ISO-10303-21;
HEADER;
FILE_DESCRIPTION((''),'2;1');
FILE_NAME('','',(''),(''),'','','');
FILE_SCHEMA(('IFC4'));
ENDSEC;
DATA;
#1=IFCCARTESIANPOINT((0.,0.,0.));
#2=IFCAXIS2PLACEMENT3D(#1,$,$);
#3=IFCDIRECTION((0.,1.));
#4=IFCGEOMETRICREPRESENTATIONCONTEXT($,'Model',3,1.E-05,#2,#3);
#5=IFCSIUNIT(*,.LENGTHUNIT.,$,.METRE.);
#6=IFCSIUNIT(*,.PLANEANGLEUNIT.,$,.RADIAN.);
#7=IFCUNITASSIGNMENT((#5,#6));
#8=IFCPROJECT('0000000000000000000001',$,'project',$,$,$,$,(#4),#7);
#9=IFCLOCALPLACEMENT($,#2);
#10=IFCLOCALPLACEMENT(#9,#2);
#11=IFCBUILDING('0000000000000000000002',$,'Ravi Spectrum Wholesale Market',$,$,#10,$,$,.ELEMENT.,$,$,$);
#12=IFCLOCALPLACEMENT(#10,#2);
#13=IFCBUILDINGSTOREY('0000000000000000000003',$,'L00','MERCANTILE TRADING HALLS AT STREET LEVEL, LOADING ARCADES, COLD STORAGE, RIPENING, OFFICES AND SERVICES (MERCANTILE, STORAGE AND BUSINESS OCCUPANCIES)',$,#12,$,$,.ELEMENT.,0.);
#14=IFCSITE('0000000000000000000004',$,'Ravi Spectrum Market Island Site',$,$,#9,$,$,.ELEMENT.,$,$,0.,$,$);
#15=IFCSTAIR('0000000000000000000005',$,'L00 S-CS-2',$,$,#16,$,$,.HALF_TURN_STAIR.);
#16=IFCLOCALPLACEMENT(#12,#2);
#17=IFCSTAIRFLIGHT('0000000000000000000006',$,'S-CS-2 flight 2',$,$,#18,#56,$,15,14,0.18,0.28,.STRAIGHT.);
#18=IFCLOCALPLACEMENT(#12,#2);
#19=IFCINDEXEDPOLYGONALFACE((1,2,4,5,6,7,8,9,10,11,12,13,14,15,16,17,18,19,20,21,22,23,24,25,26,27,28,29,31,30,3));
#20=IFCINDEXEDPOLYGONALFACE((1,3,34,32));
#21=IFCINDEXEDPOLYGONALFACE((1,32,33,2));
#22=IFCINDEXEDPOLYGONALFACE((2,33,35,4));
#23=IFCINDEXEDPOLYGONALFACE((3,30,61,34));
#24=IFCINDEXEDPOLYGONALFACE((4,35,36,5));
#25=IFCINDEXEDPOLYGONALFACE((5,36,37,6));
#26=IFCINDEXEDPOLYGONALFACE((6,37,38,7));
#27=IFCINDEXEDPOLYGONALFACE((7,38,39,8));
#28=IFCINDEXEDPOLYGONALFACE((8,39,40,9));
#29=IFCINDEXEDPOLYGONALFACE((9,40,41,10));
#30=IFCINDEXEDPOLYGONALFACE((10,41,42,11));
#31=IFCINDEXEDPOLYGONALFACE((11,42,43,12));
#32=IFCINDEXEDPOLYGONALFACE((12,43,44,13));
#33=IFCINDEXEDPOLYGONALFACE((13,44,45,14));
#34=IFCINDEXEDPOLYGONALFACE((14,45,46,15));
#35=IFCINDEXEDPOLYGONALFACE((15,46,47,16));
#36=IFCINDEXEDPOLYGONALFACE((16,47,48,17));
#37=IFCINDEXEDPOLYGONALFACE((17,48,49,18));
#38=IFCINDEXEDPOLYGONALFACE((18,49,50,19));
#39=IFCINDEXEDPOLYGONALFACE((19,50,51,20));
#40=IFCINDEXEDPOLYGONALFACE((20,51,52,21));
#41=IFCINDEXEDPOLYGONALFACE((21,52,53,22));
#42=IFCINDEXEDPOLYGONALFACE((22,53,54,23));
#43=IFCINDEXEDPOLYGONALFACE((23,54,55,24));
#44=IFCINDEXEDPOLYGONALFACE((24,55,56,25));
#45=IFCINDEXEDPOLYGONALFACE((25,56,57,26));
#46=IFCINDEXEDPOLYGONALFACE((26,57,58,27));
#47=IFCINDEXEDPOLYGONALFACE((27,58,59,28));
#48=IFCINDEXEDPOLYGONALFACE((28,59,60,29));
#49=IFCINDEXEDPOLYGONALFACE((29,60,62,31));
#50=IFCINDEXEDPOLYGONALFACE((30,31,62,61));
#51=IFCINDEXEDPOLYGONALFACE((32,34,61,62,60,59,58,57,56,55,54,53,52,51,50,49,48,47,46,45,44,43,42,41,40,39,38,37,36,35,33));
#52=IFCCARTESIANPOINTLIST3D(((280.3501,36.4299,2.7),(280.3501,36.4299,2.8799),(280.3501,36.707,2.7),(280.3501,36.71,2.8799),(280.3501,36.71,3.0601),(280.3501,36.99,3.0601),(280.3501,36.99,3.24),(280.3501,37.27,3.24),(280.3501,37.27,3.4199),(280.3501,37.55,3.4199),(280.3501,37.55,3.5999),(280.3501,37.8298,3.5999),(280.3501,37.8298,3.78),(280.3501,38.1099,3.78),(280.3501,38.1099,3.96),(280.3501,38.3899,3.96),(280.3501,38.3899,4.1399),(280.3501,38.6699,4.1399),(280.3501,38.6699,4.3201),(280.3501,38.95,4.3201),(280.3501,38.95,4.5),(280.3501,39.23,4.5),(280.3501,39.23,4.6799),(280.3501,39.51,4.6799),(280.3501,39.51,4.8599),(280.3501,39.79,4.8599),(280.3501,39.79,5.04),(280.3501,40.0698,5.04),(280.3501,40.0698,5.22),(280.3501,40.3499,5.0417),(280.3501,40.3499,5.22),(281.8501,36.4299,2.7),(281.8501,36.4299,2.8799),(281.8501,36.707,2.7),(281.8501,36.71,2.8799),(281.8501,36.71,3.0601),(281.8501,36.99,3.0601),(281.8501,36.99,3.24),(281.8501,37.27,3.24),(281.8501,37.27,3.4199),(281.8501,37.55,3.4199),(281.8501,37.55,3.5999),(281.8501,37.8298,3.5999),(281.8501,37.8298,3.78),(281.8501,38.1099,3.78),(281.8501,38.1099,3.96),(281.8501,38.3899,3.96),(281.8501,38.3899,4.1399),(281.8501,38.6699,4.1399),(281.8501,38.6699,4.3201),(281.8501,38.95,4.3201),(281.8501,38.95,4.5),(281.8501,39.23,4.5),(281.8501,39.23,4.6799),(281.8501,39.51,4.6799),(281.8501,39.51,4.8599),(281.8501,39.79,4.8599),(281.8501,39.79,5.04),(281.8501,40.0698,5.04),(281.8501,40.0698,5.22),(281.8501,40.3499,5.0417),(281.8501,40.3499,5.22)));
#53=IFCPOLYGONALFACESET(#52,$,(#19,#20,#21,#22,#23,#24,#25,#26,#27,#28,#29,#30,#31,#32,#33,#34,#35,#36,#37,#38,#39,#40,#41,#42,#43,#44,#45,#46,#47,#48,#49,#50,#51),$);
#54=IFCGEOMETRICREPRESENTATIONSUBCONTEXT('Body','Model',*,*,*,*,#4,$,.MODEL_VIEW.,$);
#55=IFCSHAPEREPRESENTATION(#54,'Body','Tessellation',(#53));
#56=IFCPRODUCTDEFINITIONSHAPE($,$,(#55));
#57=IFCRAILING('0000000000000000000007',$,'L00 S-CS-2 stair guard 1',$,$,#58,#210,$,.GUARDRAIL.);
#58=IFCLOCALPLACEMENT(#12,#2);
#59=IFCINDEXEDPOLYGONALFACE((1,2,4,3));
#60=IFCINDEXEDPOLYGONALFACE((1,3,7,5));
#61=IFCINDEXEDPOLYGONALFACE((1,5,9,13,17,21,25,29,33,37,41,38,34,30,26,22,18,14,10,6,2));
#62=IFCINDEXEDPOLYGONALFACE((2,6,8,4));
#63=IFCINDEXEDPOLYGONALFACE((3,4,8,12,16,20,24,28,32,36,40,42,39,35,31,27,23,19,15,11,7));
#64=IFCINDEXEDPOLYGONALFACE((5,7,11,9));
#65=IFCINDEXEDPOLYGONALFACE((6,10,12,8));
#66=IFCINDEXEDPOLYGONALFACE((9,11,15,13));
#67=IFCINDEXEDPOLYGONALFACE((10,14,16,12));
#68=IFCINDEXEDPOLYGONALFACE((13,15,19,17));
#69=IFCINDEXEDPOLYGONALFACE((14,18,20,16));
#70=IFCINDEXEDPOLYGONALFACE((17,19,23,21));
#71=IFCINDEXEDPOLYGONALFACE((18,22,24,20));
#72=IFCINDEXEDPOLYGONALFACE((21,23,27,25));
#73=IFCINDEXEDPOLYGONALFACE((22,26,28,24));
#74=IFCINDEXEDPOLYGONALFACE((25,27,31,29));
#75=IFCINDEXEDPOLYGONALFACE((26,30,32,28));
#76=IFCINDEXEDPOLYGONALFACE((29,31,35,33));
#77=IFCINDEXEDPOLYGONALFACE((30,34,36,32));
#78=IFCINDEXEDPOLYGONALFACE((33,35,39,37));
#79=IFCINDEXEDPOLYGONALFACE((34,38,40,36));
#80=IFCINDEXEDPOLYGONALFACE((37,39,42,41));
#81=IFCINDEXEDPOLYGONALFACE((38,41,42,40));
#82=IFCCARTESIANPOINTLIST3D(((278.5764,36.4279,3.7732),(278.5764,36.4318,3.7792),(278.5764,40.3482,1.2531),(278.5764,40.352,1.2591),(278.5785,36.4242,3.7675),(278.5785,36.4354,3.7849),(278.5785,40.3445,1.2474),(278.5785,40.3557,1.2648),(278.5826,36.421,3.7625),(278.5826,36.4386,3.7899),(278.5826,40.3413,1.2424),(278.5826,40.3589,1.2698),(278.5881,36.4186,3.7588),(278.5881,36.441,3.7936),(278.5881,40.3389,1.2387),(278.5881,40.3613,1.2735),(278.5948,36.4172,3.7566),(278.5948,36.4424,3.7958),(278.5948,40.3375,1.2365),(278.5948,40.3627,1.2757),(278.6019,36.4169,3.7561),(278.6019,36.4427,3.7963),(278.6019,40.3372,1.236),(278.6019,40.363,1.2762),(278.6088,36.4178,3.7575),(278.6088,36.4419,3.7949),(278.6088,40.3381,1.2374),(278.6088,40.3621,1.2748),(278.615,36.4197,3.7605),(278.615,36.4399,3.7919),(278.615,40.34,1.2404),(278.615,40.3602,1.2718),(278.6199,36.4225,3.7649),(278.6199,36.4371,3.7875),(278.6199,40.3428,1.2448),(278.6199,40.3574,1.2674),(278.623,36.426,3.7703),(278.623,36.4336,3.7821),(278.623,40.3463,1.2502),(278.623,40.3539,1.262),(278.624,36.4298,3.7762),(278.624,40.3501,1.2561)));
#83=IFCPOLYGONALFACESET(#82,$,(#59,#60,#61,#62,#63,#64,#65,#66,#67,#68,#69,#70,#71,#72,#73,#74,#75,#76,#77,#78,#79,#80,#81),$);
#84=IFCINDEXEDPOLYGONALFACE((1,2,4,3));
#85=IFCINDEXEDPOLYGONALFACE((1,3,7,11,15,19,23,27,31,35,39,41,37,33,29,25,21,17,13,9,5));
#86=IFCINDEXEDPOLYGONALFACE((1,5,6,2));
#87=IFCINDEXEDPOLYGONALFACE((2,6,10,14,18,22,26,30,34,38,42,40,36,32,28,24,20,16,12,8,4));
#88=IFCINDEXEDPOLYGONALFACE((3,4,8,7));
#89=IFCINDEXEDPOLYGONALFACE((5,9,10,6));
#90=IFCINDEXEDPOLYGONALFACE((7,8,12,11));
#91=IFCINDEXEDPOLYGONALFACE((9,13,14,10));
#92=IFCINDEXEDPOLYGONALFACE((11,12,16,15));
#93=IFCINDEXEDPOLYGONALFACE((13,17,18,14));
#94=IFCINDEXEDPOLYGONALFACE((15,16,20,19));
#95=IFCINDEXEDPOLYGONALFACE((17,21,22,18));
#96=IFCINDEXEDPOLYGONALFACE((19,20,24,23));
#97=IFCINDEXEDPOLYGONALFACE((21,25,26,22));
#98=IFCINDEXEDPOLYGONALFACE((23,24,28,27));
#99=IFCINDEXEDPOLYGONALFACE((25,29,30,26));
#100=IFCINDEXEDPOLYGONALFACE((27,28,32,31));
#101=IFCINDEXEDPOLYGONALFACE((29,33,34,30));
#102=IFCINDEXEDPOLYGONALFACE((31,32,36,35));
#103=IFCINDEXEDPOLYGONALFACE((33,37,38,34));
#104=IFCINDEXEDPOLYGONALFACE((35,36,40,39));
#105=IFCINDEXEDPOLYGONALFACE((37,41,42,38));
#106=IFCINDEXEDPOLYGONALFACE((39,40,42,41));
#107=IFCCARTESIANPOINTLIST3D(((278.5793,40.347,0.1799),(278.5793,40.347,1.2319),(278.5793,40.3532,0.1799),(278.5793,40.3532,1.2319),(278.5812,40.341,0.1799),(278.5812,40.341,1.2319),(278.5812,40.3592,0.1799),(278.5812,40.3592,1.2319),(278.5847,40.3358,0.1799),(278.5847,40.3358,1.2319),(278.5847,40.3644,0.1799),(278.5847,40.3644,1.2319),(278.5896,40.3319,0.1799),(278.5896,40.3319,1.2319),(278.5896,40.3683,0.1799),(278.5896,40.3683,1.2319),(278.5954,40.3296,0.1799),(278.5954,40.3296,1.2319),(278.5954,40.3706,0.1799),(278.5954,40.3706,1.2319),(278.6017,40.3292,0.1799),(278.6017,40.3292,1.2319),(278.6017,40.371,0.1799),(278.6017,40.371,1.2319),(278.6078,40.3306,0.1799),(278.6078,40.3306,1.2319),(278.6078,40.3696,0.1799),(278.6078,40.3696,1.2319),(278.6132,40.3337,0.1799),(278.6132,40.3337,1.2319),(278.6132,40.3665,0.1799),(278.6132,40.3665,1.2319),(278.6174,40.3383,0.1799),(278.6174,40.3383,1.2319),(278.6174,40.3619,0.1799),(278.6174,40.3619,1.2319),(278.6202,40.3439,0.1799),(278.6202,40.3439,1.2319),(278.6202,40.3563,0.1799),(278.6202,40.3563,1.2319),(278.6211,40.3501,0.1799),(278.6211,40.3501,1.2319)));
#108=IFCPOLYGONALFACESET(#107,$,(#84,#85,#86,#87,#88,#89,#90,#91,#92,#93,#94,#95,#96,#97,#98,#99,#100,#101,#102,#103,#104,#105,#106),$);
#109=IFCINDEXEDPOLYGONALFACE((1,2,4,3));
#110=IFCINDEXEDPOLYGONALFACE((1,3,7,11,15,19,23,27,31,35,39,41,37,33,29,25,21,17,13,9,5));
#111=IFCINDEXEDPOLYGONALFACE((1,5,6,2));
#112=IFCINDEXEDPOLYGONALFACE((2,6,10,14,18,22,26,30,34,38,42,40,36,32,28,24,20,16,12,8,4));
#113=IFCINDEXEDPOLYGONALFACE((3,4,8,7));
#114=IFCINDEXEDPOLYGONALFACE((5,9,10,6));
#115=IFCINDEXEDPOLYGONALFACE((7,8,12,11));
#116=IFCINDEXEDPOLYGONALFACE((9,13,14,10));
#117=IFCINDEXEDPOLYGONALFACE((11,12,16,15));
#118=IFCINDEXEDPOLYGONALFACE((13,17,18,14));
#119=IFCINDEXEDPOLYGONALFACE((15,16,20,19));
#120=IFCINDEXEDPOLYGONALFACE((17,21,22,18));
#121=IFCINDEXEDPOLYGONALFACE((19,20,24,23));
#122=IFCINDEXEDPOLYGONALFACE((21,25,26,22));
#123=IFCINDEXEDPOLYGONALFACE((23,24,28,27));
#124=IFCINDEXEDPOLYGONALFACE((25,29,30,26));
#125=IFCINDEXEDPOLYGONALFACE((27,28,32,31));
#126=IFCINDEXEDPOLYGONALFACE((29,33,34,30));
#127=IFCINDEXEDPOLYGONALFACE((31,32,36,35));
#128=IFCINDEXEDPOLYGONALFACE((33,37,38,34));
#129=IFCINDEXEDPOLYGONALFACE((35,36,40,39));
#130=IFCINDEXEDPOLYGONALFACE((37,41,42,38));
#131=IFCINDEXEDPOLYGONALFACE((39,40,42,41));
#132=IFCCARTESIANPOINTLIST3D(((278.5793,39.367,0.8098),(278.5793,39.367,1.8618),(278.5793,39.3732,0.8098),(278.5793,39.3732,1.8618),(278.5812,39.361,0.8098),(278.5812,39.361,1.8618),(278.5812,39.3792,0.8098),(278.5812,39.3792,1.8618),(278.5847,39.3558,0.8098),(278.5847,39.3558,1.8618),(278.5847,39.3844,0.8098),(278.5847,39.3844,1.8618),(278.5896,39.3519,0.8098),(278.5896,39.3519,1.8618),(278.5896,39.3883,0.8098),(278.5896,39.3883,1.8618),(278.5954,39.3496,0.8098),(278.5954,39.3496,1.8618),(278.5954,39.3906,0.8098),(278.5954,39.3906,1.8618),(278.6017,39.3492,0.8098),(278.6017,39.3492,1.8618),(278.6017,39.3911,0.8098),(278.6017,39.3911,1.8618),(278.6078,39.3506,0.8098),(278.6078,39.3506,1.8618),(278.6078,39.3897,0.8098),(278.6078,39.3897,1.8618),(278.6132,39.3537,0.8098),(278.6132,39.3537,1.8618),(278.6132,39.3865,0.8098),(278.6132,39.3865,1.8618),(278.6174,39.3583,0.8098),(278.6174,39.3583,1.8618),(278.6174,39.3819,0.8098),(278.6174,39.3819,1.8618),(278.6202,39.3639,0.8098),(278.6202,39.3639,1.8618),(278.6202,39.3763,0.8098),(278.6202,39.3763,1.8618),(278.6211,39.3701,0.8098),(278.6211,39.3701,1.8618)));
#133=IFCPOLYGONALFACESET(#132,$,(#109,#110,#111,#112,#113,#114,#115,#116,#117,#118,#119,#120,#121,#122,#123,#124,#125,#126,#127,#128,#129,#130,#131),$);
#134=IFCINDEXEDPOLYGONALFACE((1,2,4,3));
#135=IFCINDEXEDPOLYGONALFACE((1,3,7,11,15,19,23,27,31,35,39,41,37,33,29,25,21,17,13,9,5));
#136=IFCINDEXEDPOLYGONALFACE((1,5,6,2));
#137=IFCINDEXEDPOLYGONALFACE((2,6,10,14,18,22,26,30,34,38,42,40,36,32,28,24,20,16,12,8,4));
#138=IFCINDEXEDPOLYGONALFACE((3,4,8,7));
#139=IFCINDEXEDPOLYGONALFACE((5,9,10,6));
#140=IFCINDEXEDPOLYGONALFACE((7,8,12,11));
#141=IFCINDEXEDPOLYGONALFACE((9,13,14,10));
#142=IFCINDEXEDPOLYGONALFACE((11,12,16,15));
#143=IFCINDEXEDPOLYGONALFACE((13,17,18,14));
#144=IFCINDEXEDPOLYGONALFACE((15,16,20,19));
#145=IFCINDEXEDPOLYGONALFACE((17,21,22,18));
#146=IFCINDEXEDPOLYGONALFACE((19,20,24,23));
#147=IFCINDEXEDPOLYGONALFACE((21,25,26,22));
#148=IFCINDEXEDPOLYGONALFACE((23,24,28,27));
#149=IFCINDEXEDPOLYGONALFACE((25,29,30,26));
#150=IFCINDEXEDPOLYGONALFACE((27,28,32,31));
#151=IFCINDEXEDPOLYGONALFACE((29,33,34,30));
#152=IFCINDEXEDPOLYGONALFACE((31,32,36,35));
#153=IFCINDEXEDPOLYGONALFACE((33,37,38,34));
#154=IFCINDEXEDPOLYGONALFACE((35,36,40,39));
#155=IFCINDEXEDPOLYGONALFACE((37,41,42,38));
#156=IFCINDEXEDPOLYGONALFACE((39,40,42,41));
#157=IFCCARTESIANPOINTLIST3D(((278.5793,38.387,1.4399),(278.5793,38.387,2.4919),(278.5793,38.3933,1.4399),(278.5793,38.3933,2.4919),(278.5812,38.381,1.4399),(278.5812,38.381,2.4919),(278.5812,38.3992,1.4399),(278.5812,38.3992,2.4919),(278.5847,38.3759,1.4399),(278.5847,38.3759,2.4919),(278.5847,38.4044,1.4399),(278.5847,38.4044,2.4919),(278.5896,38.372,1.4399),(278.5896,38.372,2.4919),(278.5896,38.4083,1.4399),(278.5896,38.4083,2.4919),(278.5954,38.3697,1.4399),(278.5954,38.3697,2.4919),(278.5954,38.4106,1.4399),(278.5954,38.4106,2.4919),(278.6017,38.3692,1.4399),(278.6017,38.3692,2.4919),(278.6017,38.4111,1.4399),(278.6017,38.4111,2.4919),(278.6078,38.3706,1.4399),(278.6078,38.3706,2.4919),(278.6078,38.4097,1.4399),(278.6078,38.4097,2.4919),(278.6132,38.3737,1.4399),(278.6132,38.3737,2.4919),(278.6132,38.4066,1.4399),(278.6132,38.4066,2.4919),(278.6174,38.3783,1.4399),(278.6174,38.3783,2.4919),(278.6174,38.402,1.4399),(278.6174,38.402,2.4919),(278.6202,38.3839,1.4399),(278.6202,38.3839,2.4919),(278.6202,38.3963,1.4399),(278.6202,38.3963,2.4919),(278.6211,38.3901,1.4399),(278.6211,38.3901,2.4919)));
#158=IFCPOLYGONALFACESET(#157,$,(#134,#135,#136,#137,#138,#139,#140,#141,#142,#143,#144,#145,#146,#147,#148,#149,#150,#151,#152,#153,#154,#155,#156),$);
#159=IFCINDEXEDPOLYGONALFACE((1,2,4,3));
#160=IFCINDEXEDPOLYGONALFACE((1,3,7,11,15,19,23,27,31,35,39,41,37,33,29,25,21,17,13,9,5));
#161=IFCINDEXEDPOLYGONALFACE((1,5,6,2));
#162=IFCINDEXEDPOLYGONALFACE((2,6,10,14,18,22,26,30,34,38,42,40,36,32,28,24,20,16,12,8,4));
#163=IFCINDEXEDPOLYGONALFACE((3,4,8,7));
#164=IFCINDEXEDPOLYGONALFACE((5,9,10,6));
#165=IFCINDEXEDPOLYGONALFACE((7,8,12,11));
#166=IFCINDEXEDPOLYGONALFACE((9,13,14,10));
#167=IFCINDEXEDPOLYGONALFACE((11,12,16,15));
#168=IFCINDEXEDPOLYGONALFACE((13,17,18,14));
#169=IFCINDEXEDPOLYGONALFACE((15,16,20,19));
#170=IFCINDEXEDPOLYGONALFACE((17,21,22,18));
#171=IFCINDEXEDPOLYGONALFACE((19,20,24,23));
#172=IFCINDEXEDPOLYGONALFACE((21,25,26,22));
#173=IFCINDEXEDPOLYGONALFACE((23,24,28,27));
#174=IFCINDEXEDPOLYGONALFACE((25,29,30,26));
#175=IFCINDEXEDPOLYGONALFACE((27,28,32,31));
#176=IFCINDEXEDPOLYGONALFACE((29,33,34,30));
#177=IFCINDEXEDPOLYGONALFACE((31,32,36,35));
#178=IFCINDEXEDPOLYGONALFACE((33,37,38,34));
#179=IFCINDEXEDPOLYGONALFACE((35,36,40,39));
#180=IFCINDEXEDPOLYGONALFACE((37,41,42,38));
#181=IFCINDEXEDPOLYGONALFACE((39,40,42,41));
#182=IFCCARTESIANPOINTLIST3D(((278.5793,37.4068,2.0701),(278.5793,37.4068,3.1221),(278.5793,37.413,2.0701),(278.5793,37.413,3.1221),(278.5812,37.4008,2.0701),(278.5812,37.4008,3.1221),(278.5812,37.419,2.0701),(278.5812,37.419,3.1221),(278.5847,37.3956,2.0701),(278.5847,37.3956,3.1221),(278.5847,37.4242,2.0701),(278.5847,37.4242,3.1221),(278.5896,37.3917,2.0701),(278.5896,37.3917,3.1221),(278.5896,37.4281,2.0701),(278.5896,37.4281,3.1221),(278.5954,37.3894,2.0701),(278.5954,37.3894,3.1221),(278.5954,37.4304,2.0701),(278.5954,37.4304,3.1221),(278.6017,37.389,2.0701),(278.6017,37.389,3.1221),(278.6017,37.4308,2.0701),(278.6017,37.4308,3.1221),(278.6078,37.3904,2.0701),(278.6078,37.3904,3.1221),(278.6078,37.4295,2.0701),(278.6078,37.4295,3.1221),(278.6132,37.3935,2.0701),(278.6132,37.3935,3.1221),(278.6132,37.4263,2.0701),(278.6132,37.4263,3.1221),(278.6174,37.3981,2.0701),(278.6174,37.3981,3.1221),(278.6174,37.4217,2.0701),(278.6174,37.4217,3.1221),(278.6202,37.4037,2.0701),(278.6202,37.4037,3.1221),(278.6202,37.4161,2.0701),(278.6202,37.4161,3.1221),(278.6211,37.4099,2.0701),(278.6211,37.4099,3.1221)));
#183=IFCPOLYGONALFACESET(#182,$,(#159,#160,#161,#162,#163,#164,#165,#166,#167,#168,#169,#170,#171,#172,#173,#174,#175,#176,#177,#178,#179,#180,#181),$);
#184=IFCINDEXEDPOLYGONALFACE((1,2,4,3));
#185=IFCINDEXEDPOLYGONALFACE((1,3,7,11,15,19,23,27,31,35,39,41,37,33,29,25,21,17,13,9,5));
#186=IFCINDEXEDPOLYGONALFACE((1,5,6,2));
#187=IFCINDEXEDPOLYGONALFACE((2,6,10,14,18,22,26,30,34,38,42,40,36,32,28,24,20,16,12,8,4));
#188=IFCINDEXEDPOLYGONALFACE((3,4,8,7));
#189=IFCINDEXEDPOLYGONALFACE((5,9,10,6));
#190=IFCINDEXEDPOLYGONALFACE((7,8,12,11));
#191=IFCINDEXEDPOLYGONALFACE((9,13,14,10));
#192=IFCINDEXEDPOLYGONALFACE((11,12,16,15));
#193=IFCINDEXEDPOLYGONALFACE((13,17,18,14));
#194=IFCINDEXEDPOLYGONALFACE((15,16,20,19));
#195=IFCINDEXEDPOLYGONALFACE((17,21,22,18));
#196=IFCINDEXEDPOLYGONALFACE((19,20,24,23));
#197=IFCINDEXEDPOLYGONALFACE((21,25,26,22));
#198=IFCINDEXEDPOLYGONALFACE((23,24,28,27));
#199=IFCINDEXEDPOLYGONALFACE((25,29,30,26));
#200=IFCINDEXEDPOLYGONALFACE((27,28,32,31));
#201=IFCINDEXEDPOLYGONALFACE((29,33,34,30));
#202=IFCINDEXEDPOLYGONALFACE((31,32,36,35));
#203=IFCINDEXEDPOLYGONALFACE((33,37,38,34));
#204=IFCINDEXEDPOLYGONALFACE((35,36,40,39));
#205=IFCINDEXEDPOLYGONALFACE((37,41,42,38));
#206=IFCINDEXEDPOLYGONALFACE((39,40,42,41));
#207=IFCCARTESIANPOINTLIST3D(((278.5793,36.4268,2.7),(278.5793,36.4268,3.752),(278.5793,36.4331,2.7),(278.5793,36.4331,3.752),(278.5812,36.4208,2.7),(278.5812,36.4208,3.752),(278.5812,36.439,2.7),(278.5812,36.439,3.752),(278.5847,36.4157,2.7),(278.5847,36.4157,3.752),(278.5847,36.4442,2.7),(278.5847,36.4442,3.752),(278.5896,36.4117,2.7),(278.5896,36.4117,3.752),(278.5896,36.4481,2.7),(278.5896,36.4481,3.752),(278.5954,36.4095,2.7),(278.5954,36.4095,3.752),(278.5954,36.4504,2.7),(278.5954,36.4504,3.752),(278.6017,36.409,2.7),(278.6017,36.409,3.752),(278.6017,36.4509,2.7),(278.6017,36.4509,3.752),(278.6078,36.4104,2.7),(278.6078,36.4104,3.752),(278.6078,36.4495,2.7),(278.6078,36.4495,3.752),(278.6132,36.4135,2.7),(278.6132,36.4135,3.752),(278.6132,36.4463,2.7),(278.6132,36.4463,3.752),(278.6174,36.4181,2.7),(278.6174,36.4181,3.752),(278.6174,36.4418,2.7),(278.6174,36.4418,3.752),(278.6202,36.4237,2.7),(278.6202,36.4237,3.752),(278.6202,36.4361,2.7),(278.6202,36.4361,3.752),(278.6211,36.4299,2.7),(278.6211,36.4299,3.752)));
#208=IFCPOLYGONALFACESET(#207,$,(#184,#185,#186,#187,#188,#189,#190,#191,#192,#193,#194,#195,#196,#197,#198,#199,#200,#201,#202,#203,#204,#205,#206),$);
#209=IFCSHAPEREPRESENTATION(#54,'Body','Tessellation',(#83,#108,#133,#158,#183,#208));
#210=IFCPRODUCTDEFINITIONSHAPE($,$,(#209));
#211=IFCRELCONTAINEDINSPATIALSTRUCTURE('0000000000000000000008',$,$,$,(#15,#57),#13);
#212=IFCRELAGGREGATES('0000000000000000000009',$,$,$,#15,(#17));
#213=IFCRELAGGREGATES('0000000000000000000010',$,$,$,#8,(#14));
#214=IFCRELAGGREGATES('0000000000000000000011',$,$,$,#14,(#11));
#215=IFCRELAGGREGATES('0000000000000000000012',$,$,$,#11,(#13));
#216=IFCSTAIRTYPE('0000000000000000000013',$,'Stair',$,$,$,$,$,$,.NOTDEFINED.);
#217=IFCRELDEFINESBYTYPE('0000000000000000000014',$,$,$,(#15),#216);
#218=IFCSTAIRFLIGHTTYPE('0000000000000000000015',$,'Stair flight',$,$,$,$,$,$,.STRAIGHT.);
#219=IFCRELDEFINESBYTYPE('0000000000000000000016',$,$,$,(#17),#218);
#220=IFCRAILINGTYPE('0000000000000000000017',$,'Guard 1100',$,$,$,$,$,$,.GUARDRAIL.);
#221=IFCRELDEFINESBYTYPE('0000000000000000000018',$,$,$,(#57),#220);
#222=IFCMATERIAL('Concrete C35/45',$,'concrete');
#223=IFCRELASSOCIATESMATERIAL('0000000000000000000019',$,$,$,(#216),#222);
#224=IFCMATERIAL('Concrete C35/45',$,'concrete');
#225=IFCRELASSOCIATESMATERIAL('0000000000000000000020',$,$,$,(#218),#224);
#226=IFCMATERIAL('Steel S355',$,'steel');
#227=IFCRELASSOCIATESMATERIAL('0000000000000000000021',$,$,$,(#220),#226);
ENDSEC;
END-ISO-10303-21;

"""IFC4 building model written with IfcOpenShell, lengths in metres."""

from ifc_helpers import new_model, si_unit, direction, frame, origin, origin_2d, place, context, subcontext, project, spatial, polyline, circle, outline, extrude, material, type_object, element, aggregate, save


model = new_model("IFC4")

# Units and contexts
model_context = context("Model", 3, precision=1e-05, world=origin(), true_north=direction((0.0, 1.0)))
body_context = subcontext(model_context, "Body", "Model", "MODEL_VIEW")
ifc_project = project(units=[si_unit("LENGTHUNIT", "METRE"), si_unit("PLANEANGLEUNIT", "RADIAN")], contexts=[model_context])

# Site, building, storey
site_placement = place(None, origin())
site = spatial("IfcSite", under=ifc_project, at=site_placement, Name="Ravi Spectrum Market Island Site", CompositionType="ELEMENT", RefElevation=0.0)
building_placement = place(site_placement, origin())
building = spatial("IfcBuilding", under=site, at=building_placement, Name="Ravi Spectrum Wholesale Market", CompositionType="ELEMENT")
storey_placement = place(building_placement, origin())
storey = spatial("IfcBuildingStorey", under=building, at=storey_placement, Name="L00", Description="MERCANTILE TRADING HALLS AT STREET LEVEL, LOADING ARCADES, COLD STORAGE, RIPENING, OFFICES AND SERVICES (MERCANTILE, STORAGE AND BUSINESS OCCUPANCIES)", CompositionType="ELEMENT", Elevation=0.0)

# Stair, stair flight
ifc_material_1 = material(Name="Concrete C35/45", Category="concrete")
stair_type = type_object("IfcStairType", Name="Stair", PredefinedType="NOTDEFINED", material=ifc_material_1)
stair_placement = place(storey_placement, origin())
stair = element("IfcStair", 1, at=stair_placement, inside=storey, type_object=stair_type, Name="L00 S-CS-2", PredefinedType="HALF_TURN_STAIR")
ifc_material_2 = material(Name="Concrete C35/45", Category="concrete")
stair_flight_type = type_object("IfcStairFlightType", Name="Stair flight", PredefinedType="STRAIGHT", material=ifc_material_2)
stair_flight_1_placement = place(storey_placement, frame((281.1001, 36.4299, 2.7), z_axis=(0.0, 0.0, 1.0), x_axis=(0.0, 1.0, 0.0)))
stair_flight_1 = element("IfcStairFlight", 2, at=stair_flight_1_placement, type_object=stair_flight_type, Name="S-CS-2 flight 2", NumberOfRisers=15, NumberOfTreads=14, PredefinedType="STRAIGHT", RiserHeight=0.18, TreadLength=0.28, context=body_context, shape_type="SweptSolid", body=[
    extrude(outline(polyline([(0.0, 0.0), (0.0, 0.1799), (0.28, 0.1799), (0.28, 0.3601), (0.5601, 0.3601), (0.5601, 0.54), (0.8401, 0.54), (0.8401, 0.72), (1.1201, 0.72), (1.1201, 0.8999), (1.3999, 0.8999), (1.3999, 1.0801), (1.6799, 1.0801), (1.6799, 1.26), (1.96, 1.26), (1.96, 1.4399), (2.24, 1.4399), (2.24, 1.6201), (2.52, 1.6201), (2.52, 1.8), (2.8, 1.8), (2.8, 1.98), (3.0801, 1.98), (3.0801, 2.1599), (3.3601, 2.1599), (3.3601, 2.3401), (3.6399, 2.3401), (3.6399, 2.52), (3.9199, 2.52), (3.9199, 2.7), (3.9199, 2.3418), (0.2771, 0.0), (0.0, 0.0)])), frame((0.0, 0.75, 0.0), z_axis=(0.0, -1.0, 0.0), x_axis=(1.0, 0.0, 0.0)), (0.0, 0.0, 1.0), 1.5),
])
aggregate(stair, [stair_flight_1])

# Railing
ifc_material_3 = material(Name="Steel S355", Category="steel")
railing_type_1 = type_object("IfcRailingType", Name="Guard 1100", PredefinedType="GUARDRAIL", material=ifc_material_3)
railing_1_placement = place(storey_placement, frame((278.6001, 40.3501, 0.1799)))
element("IfcRailing", 3, at=railing_1_placement, inside=storey, type_object=railing_type_1, Name="L00 S-CS-2 stair guard 1", PredefinedType="GUARDRAIL", context=body_context, shape_type="SweptSolid", body=[
    extrude(circle(Radius=0.0239, at=origin_2d()), frame((0.0, 0.0, 1.0762), z_axis=(0.0, -0.841187, 0.540744), x_axis=(1.0, 0.0, 0.0)), (0.0, 0.0, 1.0), 4.6604),
    extrude(circle(Radius=0.021, at=origin_2d()), origin(), (0.0, 0.0, 1.0), 1.052),
    extrude(circle(Radius=0.021, at=origin_2d()), frame((0.0, -0.98, 0.6299)), (0.0, 0.0, 1.0), 1.052),
    extrude(circle(Radius=0.021, at=origin_2d()), frame((0.0, -1.96, 1.26)), (0.0, 0.0, 1.0), 1.052),
    extrude(circle(Radius=0.021, at=origin_2d()), frame((0.0, -2.9402, 1.8901)), (0.0, 0.0, 1.0), 1.052),
    extrude(circle(Radius=0.021, at=origin_2d()), frame((0.0, -3.9202, 2.52)), (0.0, 0.0, 1.0), 1.052),
])

save(model, "model.ifc")
